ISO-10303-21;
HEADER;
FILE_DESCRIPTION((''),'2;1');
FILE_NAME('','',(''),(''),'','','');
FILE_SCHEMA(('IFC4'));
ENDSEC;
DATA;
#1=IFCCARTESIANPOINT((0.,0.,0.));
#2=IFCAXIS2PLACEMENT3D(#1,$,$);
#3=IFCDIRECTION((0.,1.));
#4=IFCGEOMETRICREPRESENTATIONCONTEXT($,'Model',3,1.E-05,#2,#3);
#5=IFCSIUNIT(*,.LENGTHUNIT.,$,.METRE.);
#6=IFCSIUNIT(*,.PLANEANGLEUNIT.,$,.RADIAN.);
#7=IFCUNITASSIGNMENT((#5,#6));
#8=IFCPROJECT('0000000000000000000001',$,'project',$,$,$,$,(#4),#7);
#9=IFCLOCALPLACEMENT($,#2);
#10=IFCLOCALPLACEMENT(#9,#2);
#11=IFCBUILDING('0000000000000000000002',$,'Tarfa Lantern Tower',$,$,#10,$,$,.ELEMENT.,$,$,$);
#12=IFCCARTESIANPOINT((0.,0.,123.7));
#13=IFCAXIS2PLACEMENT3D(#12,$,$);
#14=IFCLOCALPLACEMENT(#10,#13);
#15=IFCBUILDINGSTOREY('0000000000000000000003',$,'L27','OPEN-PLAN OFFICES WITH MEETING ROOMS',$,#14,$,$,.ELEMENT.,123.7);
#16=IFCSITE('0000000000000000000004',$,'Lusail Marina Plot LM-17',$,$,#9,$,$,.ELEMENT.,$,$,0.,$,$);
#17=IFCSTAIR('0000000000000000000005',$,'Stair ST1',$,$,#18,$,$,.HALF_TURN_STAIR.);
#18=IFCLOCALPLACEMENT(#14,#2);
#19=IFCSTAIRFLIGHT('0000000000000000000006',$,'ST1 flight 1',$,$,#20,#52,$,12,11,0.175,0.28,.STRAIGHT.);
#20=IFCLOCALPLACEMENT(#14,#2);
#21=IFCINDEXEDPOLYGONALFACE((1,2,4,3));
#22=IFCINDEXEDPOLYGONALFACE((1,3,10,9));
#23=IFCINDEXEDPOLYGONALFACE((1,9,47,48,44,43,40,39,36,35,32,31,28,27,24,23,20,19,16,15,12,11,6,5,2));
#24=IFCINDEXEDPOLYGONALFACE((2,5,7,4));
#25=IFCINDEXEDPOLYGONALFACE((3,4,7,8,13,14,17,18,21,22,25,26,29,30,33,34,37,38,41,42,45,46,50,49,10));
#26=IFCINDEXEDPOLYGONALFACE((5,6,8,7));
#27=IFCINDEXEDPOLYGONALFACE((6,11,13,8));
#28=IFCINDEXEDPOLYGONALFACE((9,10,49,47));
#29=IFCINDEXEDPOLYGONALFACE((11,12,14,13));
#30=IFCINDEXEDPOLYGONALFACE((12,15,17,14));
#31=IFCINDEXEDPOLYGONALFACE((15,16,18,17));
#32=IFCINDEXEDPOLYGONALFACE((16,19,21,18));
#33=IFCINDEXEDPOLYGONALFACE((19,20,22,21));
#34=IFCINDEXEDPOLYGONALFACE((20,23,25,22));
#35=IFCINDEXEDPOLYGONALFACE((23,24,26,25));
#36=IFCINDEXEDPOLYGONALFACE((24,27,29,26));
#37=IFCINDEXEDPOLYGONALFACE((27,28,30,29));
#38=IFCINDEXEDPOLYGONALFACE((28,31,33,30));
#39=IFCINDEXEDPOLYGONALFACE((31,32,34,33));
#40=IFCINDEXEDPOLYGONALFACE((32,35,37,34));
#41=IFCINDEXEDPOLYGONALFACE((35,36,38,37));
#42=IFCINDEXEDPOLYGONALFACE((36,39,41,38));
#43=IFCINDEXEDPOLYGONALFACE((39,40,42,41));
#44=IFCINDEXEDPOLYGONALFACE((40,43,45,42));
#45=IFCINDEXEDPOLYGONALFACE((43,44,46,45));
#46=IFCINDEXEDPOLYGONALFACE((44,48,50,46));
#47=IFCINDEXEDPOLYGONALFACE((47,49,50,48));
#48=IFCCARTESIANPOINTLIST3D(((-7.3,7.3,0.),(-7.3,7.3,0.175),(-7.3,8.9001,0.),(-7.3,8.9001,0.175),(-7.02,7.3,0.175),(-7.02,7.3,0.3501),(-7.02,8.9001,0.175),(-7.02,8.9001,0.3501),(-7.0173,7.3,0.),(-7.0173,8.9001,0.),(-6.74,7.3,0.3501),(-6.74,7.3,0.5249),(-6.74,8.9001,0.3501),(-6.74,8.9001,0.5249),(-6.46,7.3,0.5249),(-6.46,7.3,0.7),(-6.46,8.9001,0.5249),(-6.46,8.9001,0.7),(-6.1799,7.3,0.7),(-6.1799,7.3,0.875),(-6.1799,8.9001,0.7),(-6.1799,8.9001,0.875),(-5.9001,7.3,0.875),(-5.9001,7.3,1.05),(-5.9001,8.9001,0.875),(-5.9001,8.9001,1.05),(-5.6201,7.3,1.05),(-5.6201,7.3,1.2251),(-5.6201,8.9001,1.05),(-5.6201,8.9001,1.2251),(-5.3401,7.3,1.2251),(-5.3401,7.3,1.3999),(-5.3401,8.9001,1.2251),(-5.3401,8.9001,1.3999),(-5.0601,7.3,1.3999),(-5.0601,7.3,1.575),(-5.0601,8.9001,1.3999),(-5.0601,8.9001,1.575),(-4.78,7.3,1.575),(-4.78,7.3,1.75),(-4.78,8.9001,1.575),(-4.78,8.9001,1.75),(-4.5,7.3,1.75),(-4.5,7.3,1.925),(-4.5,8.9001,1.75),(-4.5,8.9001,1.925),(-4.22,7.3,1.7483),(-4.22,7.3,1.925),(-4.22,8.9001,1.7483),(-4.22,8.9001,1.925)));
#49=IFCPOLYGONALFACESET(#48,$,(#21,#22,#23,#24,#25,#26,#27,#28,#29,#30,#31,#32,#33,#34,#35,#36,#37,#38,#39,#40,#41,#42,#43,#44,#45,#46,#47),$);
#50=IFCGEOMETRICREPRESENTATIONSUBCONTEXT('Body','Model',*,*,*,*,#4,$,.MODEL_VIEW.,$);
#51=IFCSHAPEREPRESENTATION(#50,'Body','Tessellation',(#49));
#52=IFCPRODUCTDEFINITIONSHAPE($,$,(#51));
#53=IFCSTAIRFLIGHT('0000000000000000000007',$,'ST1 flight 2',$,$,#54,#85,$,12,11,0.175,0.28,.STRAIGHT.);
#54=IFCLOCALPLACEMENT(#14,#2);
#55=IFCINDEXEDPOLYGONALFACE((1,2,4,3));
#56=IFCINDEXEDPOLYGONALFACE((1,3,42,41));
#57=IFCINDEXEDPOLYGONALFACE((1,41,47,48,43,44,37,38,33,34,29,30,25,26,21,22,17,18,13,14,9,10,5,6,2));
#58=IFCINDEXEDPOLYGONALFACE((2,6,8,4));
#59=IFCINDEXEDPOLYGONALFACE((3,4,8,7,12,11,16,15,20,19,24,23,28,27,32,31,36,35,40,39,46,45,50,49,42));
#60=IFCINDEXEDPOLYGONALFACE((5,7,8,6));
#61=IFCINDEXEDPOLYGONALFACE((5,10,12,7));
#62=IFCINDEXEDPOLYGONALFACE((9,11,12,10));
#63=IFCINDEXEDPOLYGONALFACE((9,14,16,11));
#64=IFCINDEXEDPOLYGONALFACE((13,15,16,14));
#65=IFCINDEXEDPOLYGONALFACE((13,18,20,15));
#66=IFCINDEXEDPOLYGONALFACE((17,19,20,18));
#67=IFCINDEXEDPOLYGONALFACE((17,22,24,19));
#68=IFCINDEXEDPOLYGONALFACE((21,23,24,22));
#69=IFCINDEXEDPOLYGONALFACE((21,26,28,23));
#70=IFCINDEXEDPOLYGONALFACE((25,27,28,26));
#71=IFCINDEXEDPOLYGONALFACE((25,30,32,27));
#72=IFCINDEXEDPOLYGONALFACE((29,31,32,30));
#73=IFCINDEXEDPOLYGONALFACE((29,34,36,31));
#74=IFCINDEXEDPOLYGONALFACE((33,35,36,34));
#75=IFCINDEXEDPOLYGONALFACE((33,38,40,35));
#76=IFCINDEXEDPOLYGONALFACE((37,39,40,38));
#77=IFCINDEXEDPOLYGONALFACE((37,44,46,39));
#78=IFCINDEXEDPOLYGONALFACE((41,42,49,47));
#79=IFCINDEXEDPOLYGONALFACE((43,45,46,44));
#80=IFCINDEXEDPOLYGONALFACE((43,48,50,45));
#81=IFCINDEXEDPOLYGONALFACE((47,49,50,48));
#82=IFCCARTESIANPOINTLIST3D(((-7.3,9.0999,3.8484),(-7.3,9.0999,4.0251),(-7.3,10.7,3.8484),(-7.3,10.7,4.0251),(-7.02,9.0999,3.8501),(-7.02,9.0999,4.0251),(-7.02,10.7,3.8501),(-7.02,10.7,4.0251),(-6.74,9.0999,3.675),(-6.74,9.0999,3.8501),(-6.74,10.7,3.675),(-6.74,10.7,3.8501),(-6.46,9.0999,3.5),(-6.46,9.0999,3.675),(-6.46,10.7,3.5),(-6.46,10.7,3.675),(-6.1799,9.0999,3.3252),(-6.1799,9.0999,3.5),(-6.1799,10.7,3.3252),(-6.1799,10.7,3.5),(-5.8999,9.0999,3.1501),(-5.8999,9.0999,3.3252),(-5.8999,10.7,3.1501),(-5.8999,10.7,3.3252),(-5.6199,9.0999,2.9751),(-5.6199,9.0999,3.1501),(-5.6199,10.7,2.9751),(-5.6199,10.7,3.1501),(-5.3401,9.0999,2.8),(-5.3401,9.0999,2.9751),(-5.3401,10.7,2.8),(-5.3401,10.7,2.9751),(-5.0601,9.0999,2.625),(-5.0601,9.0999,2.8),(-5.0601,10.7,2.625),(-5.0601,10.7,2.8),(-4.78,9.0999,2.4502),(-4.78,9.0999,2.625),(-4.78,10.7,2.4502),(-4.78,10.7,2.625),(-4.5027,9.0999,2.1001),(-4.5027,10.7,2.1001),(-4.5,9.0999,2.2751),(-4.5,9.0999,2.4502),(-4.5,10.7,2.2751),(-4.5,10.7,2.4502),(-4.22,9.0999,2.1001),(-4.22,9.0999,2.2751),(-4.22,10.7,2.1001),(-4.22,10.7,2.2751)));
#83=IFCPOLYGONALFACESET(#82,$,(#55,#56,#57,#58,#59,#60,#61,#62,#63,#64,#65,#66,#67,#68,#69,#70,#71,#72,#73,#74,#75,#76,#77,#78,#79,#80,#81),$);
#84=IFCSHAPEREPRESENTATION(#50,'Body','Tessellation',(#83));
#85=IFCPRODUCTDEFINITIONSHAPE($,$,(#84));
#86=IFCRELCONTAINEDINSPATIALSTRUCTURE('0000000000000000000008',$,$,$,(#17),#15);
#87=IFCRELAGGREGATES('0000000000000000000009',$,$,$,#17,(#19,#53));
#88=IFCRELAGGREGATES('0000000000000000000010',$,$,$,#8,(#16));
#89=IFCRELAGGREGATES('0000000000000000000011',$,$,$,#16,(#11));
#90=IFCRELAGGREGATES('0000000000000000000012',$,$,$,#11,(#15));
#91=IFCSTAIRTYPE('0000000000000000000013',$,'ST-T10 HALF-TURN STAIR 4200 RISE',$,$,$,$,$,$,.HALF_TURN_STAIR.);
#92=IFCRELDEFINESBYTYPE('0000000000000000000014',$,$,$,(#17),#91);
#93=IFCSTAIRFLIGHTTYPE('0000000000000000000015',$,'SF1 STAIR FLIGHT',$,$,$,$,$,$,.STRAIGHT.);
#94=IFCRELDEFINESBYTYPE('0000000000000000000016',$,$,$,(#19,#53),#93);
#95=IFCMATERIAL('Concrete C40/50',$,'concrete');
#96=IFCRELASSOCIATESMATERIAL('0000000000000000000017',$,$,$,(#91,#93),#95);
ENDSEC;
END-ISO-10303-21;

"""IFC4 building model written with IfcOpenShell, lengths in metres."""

from ifc_helpers import new_model, si_unit, direction, frame, origin, place, context, subcontext, project, spatial, polyline, outline, extrude, material, type_object, element, aggregate, save


model = new_model("IFC4")

# Units and contexts
model_context = context("Model", 3, precision=1e-05, world=origin(), true_north=direction((0.0, 1.0)))
body_context = subcontext(model_context, "Body", "Model", "MODEL_VIEW")
ifc_project = project(units=[si_unit("LENGTHUNIT", "METRE"), si_unit("PLANEANGLEUNIT", "RADIAN")], contexts=[model_context])

# Site, building, storey
site_placement = place(None, origin())
site = spatial("IfcSite", under=ifc_project, at=site_placement, Name="Lusail Marina Plot LM-17", CompositionType="ELEMENT", RefElevation=0.0)
building_placement = place(site_placement, origin())
building = spatial("IfcBuilding", under=site, at=building_placement, Name="Tarfa Lantern Tower", CompositionType="ELEMENT")
storey_placement = place(building_placement, frame((0.0, 0.0, 123.7)))
storey = spatial("IfcBuildingStorey", under=building, at=storey_placement, Name="L27", Description="OPEN-PLAN OFFICES WITH MEETING ROOMS", CompositionType="ELEMENT", Elevation=123.7)

# Stair, stair flights
ifc_material_1 = material(Name="Concrete C40/50", Category="concrete")
stair_type = type_object("IfcStairType", Name="ST-T10 HALF-TURN STAIR 4200 RISE", PredefinedType="HALF_TURN_STAIR", material=ifc_material_1)
stair_placement = place(storey_placement, origin())
stair = element("IfcStair", 1, at=stair_placement, inside=storey, type_object=stair_type, Name="Stair ST1", PredefinedType="HALF_TURN_STAIR")
stair_flight_type = type_object("IfcStairFlightType", Name="SF1 STAIR FLIGHT", PredefinedType="STRAIGHT", material=ifc_material_1)
stair_flight_1_placement = place(storey_placement, frame((-7.3, 8.1001, 0.0), z_axis=(0.0, 0.0, 1.0), x_axis=(1.0, 0.0, 0.0)))
stair_flight_1 = element("IfcStairFlight", 2, at=stair_flight_1_placement, type_object=stair_flight_type, Name="ST1 flight 1", NumberOfRisers=12, NumberOfTreads=11, PredefinedType="STRAIGHT", RiserHeight=0.175, TreadLength=0.28, context=body_context, shape_type="SweptSolid", body=[
    extrude(outline(polyline([(0.0, 0.0), (0.0, 0.175), (0.28, 0.175), (0.28, 0.3501), (0.5601, 0.3501), (0.5601, 0.5249), (0.8401, 0.5249), (0.8401, 0.7), (1.1201, 0.7), (1.1201, 0.875), (1.3999, 0.875), (1.3999, 1.05), (1.6799, 1.05), (1.6799, 1.2251), (1.96, 1.2251), (1.96, 1.3999), (2.24, 1.3999), (2.24, 1.575), (2.52, 1.575), (2.52, 1.75), (2.8, 1.75), (2.8, 1.925), (3.0801, 1.925), (3.0801, 2.1001), (3.0801, 1.7483), (0.2827, 0.0), (0.0, 0.0)])), frame((0.0, 0.8, 0.0), z_axis=(0.0, -1.0, 0.0), x_axis=(1.0, 0.0, 0.0)), (0.0, 0.0, 1.0), 1.6001),
])
stair_flight_2_placement = place(storey_placement, frame((-4.22, 9.8999, 2.1001), z_axis=(0.0, 0.0, 1.0), x_axis=(-1.0, 0.0, 0.0)))
stair_flight_2 = element("IfcStairFlight", 3, at=stair_flight_2_placement, type_object=stair_flight_type, Name="ST1 flight 2", NumberOfRisers=12, NumberOfTreads=11, PredefinedType="STRAIGHT", RiserHeight=0.175, TreadLength=0.28, context=body_context, shape_type="SweptSolid", body=[
    extrude(outline(polyline([(0.0, 0.0), (0.0, 0.175), (0.28, 0.175), (0.28, 0.3501), (0.5601, 0.3501), (0.5601, 0.5249), (0.8401, 0.5249), (0.8401, 0.7), (1.1201, 0.7), (1.1201, 0.875), (1.3999, 0.875), (1.3999, 1.05), (1.6799, 1.05), (1.6799, 1.2251), (1.96, 1.2251), (1.96, 1.3999), (2.24, 1.3999), (2.24, 1.575), (2.52, 1.575), (2.52, 1.75), (2.8, 1.75), (2.8, 1.925), (3.0801, 1.925), (3.0801, 2.1001), (3.0801, 1.7483), (0.2827, 0.0), (0.0, 0.0)])), frame((0.0, 0.8, 0.0), z_axis=(0.0, -1.0, 0.0), x_axis=(1.0, 0.0, 0.0)), (0.0, 0.0, 1.0), 1.6001),
])
aggregate(stair, [stair_flight_1, stair_flight_2])

save(model, "model.ifc")
